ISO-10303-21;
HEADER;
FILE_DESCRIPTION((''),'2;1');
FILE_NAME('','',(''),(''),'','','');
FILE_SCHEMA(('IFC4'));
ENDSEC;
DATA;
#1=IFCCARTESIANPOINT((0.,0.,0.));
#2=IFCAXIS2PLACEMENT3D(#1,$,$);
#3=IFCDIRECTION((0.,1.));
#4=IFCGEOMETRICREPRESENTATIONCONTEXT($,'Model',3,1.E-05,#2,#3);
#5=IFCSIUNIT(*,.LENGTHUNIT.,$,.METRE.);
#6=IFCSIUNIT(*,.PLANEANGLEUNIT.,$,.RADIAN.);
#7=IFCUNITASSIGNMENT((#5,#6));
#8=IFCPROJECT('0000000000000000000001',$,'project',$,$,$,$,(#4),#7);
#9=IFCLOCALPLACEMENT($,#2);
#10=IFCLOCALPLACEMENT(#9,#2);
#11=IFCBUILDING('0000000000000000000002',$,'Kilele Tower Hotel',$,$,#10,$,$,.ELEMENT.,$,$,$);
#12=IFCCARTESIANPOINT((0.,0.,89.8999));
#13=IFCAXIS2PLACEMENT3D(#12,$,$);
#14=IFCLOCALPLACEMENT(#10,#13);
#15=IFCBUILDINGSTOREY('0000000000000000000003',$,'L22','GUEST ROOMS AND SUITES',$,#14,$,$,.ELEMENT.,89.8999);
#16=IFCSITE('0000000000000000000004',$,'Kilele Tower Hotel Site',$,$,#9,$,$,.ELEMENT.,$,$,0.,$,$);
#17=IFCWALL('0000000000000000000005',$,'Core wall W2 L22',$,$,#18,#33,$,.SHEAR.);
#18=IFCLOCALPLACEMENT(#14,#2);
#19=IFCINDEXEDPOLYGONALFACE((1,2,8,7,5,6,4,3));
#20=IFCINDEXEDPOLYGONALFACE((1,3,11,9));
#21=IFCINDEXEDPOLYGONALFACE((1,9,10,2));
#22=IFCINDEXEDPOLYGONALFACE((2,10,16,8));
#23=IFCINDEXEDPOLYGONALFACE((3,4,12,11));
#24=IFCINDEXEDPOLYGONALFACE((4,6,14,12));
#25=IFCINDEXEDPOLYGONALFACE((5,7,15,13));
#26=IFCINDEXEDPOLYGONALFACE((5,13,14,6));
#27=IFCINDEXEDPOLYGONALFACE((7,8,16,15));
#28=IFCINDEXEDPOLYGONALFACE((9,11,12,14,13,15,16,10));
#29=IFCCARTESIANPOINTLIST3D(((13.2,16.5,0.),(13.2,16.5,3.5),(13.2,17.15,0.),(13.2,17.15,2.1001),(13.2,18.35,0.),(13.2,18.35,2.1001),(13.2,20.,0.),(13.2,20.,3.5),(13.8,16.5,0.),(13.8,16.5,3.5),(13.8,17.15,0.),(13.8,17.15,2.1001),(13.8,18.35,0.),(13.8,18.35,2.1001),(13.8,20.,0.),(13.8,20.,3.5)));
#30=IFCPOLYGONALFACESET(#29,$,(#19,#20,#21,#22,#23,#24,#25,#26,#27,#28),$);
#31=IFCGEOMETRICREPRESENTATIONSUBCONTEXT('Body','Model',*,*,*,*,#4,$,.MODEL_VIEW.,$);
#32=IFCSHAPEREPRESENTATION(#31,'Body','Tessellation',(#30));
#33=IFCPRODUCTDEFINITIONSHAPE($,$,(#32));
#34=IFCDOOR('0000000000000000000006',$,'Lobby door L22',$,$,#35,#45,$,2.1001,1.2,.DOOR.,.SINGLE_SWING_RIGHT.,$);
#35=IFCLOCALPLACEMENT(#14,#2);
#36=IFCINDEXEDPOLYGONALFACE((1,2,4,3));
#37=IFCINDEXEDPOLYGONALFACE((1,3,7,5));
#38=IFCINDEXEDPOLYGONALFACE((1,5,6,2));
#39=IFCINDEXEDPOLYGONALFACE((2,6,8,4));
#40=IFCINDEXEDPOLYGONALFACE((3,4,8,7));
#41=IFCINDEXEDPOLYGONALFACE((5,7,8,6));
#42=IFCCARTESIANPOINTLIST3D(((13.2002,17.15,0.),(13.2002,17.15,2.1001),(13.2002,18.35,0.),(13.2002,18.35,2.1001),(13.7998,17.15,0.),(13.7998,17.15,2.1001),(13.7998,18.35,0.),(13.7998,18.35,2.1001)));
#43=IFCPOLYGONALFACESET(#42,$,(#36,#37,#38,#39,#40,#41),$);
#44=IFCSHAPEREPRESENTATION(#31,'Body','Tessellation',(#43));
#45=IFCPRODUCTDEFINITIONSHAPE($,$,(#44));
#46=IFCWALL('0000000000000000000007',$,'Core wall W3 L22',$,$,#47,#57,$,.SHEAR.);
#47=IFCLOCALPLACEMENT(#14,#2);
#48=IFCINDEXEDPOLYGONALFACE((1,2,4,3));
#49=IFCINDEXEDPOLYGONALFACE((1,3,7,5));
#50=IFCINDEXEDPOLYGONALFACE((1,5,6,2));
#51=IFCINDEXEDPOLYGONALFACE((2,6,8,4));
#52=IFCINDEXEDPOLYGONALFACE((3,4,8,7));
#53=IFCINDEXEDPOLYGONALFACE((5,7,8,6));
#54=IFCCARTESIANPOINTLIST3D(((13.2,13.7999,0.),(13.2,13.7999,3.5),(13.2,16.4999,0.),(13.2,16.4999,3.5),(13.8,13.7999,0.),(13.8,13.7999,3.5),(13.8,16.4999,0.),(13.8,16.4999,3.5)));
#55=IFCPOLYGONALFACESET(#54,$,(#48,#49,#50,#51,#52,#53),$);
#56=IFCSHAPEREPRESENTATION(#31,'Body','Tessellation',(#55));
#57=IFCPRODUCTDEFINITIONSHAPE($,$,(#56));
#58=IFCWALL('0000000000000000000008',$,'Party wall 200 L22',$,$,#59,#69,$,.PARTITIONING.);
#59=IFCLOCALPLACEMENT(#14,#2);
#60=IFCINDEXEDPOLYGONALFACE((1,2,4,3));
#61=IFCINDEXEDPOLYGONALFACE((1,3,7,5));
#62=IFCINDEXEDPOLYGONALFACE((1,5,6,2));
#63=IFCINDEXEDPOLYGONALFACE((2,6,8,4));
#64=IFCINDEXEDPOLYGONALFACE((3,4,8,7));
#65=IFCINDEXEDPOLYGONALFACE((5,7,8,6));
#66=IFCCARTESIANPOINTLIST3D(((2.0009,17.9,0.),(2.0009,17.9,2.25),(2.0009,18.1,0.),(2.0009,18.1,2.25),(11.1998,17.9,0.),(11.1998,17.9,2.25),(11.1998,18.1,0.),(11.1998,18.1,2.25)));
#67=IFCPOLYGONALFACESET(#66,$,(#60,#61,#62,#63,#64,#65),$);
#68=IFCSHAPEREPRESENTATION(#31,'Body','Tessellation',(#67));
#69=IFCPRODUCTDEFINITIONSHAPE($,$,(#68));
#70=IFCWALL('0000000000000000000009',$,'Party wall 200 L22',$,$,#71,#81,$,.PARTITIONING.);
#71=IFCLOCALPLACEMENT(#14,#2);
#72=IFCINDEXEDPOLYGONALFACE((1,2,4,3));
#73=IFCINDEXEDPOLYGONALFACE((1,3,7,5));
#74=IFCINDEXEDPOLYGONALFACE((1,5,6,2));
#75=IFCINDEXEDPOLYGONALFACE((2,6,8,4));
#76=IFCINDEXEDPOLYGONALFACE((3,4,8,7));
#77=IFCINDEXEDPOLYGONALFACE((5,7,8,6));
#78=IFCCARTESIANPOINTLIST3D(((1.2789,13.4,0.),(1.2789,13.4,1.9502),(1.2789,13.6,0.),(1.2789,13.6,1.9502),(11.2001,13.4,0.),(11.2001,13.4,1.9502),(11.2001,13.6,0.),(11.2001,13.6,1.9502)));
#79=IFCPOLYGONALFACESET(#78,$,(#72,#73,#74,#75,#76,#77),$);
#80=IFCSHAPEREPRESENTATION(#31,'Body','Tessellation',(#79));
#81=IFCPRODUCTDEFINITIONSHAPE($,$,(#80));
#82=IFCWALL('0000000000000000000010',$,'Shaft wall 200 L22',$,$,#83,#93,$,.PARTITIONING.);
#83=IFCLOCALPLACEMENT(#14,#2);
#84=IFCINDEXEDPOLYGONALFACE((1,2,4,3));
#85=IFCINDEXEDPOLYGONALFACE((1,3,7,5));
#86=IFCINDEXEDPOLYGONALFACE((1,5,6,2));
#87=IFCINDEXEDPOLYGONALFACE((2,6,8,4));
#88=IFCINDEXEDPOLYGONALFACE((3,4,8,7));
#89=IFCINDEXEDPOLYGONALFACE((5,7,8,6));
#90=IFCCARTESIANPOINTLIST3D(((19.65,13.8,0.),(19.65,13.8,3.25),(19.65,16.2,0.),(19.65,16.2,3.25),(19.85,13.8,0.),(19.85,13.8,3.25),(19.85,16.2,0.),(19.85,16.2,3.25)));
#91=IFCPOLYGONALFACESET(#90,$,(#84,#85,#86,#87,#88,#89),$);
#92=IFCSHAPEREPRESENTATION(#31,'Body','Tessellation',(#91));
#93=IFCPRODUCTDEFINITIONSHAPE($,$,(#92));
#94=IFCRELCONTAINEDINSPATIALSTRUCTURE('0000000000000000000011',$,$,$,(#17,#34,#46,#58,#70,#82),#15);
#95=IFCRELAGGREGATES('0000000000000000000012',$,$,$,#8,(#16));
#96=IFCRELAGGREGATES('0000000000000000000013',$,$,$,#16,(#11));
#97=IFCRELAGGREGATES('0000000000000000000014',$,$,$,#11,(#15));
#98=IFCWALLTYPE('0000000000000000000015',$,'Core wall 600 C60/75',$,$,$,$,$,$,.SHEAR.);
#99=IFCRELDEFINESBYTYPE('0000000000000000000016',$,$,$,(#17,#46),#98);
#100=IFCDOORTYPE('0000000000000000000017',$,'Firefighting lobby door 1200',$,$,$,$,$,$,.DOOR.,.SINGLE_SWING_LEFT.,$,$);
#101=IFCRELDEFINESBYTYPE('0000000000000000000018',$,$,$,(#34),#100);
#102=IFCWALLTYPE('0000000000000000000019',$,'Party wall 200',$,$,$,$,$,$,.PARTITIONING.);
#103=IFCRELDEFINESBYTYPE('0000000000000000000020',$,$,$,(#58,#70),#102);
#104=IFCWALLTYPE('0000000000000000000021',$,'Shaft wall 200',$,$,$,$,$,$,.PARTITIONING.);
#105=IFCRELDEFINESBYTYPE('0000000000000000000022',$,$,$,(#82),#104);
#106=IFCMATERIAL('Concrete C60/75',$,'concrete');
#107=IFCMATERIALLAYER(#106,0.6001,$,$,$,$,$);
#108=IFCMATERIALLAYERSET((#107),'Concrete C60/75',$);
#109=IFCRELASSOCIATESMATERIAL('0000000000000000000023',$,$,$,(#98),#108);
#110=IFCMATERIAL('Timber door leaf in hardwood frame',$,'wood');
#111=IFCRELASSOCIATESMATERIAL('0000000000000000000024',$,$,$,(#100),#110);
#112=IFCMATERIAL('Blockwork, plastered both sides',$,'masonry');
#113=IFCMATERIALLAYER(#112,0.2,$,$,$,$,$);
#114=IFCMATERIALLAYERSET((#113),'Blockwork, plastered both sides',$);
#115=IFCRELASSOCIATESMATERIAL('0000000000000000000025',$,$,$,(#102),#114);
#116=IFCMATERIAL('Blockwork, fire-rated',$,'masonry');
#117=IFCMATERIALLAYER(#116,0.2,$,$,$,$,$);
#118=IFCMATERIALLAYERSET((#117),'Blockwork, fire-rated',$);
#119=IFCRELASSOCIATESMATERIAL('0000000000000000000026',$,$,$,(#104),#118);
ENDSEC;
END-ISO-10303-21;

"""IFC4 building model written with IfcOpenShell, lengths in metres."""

from ifc_helpers import new_model, si_unit, direction, frame, frame_2d, origin, place, context, subcontext, project, spatial, rectangle, extrude, material, layer, layer_set, type_object, element, fill, save


model = new_model("IFC4")

# Units and contexts
model_context = context("Model", 3, precision=1e-05, world=origin(), true_north=direction((0.0, 1.0)))
body_context = subcontext(model_context, "Body", "Model", "MODEL_VIEW")
ifc_project = project(units=[si_unit("LENGTHUNIT", "METRE"), si_unit("PLANEANGLEUNIT", "RADIAN")], contexts=[model_context])

# Site, building, storey
site_placement = place(None, origin())
site = spatial("IfcSite", under=ifc_project, at=site_placement, Name="Kilele Tower Hotel Site", CompositionType="ELEMENT", RefElevation=0.0)
building_placement = place(site_placement, origin())
building = spatial("IfcBuilding", under=site, at=building_placement, Name="Kilele Tower Hotel", CompositionType="ELEMENT")
storey_placement = place(building_placement, frame((0.0, 0.0, 89.8999)))
storey = spatial("IfcBuildingStorey", under=building, at=storey_placement, Name="L22", Description="GUEST ROOMS AND SUITES", CompositionType="ELEMENT", Elevation=89.8999)

# Shared definitions
ifc_material_1 = material(Name="Concrete C60/75", Category="concrete")
ifc_layer_1 = layer(ifc_material_1, 0.6001)
ifc_layer_set_1 = layer_set([ifc_layer_1], Name="Concrete C60/75")
wall_type_1 = type_object("IfcWallType", Name="Core wall 600 C60/75", PredefinedType="SHEAR", material=ifc_layer_set_1)

# Shared definitions
ifc_material_2 = material(Name="Timber door leaf in hardwood frame", Category="wood")
door_type_1 = type_object("IfcDoorType", Name="Firefighting lobby door 1200", OperationType="SINGLE_SWING_LEFT", PredefinedType="DOOR", material=ifc_material_2)

# Wall, opening, door
wall_1_placement = place(storey_placement, frame((13.5, 20.0, 0.0), z_axis=(0.0, 0.0, 1.0), x_axis=(0.0, -1.0, 0.0)))
wall_1 = element("IfcWall", 1, at=wall_1_placement, inside=storey, type_object=wall_type_1, Name="Core wall W2 L22", PredefinedType="SHEAR", context=body_context, shape_type="SweptSolid", body=[
    extrude(rectangle(XDim=3.5, YDim=0.6001, at=frame_2d((1.75, 0.0))), origin(), (0.0, 0.0, 1.0), 3.5),
])
opening_1_placement = place(wall_1_placement, frame((1.6499, 0.0, 0.0)))
opening_1 = element("IfcOpeningElement", 2, at=opening_1_placement, cuts=wall_1, PredefinedType="OPENING", context=body_context, shape_type="SweptSolid", body=[
    extrude(rectangle(XDim=1.2, YDim=2.1001, at=frame_2d((0.6001, 1.05))), frame((0.0, 0.3101, 0.0), z_axis=(0.0, -1.0, 0.0), x_axis=(1.0, 0.0, 0.0)), (0.0, 0.0, 1.0), 0.6201),
])
door_1_placement = place(opening_1_placement, origin())
door_1 = element("IfcDoor", 3, at=door_1_placement, inside=storey, type_object=door_type_1, Name="Lobby door L22", OperationType="SINGLE_SWING_RIGHT", OverallHeight=2.1001, OverallWidth=1.2, PredefinedType="DOOR", context=body_context, shape_type="SweptSolid", body=[
    extrude(rectangle(XDim=1.2, YDim=2.1001, at=frame_2d((0.6001, 1.05))), frame((0.0, 0.2998, 0.0), z_axis=(0.0, -1.0, 0.0), x_axis=(1.0, 0.0, 0.0)), (0.0, 0.0, 1.0), 0.5996),
])
fill(opening_1, door_1)

# Walls
wall_2_placement = place(storey_placement, frame((13.5, 16.5, 0.0), z_axis=(0.0, 0.0, 1.0), x_axis=(0.0, -1.0, 0.0)))
element("IfcWall", 4, at=wall_2_placement, inside=storey, type_object=wall_type_1, Name="Core wall W3 L22", PredefinedType="SHEAR", context=body_context, shape_type="SweptSolid", body=[
    extrude(rectangle(XDim=2.7, YDim=0.6001, at=frame_2d((1.3501, 0.0))), origin(), (0.0, 0.0, 1.0), 3.5),
])
ifc_material_3 = material(Name="Blockwork, plastered both sides", Category="masonry")
ifc_layer_2 = layer(ifc_material_3, 0.2)
ifc_layer_set_2 = layer_set([ifc_layer_2], Name="Blockwork, plastered both sides")
wall_type_2 = type_object("IfcWallType", Name="Party wall 200", PredefinedType="PARTITIONING", material=ifc_layer_set_2)
wall_3_placement = place(storey_placement, frame((11.2, 18.0, 0.0), z_axis=(0.0, 0.0, 1.0), x_axis=(-1.0, 0.0, 0.0)))
element("IfcWall", 5, at=wall_3_placement, inside=storey, type_object=wall_type_2, Name="Party wall 200 L22", PredefinedType="PARTITIONING", context=body_context, shape_type="SweptSolid", body=[
    extrude(rectangle(XDim=9.199, YDim=0.2, at=frame_2d((4.5996, 0.0))), origin(), (0.0, 0.0, 1.0), 2.25),
])
wall_4_placement = place(storey_placement, frame((11.2, 13.5, 0.0), z_axis=(0.0, 0.0, 1.0), x_axis=(-1.0, 0.0, 0.0)))
element("IfcWall", 6, at=wall_4_placement, inside=storey, type_object=wall_type_2, Name="Party wall 200 L22", PredefinedType="PARTITIONING", context=body_context, shape_type="SweptSolid", body=[
    extrude(rectangle(XDim=9.9211, YDim=0.2, at=frame_2d((4.9604, 0.0))), origin(), (0.0, 0.0, 1.0), 1.9502),
])
ifc_material_4 = material(Name="Blockwork, fire-rated", Category="masonry")
ifc_layer_3 = layer(ifc_material_4, 0.2)
ifc_layer_set_3 = layer_set([ifc_layer_3], Name="Blockwork, fire-rated")
wall_type_3 = type_object("IfcWallType", Name="Shaft wall 200", PredefinedType="PARTITIONING", material=ifc_layer_set_3)
wall_5_placement = place(storey_placement, frame((19.75, 13.8, 0.0), z_axis=(0.0, 0.0, 1.0), x_axis=(0.0, 1.0, 0.0)))
element("IfcWall", 7, at=wall_5_placement, inside=storey, type_object=wall_type_3, Name="Shaft wall 200 L22", PredefinedType="PARTITIONING", context=body_context, shape_type="SweptSolid", body=[
    extrude(rectangle(XDim=2.3999, YDim=0.2, at=frame_2d((1.2, 0.0))), origin(), (0.0, 0.0, 1.0), 3.25),
])

save(model, "model.ifc")
